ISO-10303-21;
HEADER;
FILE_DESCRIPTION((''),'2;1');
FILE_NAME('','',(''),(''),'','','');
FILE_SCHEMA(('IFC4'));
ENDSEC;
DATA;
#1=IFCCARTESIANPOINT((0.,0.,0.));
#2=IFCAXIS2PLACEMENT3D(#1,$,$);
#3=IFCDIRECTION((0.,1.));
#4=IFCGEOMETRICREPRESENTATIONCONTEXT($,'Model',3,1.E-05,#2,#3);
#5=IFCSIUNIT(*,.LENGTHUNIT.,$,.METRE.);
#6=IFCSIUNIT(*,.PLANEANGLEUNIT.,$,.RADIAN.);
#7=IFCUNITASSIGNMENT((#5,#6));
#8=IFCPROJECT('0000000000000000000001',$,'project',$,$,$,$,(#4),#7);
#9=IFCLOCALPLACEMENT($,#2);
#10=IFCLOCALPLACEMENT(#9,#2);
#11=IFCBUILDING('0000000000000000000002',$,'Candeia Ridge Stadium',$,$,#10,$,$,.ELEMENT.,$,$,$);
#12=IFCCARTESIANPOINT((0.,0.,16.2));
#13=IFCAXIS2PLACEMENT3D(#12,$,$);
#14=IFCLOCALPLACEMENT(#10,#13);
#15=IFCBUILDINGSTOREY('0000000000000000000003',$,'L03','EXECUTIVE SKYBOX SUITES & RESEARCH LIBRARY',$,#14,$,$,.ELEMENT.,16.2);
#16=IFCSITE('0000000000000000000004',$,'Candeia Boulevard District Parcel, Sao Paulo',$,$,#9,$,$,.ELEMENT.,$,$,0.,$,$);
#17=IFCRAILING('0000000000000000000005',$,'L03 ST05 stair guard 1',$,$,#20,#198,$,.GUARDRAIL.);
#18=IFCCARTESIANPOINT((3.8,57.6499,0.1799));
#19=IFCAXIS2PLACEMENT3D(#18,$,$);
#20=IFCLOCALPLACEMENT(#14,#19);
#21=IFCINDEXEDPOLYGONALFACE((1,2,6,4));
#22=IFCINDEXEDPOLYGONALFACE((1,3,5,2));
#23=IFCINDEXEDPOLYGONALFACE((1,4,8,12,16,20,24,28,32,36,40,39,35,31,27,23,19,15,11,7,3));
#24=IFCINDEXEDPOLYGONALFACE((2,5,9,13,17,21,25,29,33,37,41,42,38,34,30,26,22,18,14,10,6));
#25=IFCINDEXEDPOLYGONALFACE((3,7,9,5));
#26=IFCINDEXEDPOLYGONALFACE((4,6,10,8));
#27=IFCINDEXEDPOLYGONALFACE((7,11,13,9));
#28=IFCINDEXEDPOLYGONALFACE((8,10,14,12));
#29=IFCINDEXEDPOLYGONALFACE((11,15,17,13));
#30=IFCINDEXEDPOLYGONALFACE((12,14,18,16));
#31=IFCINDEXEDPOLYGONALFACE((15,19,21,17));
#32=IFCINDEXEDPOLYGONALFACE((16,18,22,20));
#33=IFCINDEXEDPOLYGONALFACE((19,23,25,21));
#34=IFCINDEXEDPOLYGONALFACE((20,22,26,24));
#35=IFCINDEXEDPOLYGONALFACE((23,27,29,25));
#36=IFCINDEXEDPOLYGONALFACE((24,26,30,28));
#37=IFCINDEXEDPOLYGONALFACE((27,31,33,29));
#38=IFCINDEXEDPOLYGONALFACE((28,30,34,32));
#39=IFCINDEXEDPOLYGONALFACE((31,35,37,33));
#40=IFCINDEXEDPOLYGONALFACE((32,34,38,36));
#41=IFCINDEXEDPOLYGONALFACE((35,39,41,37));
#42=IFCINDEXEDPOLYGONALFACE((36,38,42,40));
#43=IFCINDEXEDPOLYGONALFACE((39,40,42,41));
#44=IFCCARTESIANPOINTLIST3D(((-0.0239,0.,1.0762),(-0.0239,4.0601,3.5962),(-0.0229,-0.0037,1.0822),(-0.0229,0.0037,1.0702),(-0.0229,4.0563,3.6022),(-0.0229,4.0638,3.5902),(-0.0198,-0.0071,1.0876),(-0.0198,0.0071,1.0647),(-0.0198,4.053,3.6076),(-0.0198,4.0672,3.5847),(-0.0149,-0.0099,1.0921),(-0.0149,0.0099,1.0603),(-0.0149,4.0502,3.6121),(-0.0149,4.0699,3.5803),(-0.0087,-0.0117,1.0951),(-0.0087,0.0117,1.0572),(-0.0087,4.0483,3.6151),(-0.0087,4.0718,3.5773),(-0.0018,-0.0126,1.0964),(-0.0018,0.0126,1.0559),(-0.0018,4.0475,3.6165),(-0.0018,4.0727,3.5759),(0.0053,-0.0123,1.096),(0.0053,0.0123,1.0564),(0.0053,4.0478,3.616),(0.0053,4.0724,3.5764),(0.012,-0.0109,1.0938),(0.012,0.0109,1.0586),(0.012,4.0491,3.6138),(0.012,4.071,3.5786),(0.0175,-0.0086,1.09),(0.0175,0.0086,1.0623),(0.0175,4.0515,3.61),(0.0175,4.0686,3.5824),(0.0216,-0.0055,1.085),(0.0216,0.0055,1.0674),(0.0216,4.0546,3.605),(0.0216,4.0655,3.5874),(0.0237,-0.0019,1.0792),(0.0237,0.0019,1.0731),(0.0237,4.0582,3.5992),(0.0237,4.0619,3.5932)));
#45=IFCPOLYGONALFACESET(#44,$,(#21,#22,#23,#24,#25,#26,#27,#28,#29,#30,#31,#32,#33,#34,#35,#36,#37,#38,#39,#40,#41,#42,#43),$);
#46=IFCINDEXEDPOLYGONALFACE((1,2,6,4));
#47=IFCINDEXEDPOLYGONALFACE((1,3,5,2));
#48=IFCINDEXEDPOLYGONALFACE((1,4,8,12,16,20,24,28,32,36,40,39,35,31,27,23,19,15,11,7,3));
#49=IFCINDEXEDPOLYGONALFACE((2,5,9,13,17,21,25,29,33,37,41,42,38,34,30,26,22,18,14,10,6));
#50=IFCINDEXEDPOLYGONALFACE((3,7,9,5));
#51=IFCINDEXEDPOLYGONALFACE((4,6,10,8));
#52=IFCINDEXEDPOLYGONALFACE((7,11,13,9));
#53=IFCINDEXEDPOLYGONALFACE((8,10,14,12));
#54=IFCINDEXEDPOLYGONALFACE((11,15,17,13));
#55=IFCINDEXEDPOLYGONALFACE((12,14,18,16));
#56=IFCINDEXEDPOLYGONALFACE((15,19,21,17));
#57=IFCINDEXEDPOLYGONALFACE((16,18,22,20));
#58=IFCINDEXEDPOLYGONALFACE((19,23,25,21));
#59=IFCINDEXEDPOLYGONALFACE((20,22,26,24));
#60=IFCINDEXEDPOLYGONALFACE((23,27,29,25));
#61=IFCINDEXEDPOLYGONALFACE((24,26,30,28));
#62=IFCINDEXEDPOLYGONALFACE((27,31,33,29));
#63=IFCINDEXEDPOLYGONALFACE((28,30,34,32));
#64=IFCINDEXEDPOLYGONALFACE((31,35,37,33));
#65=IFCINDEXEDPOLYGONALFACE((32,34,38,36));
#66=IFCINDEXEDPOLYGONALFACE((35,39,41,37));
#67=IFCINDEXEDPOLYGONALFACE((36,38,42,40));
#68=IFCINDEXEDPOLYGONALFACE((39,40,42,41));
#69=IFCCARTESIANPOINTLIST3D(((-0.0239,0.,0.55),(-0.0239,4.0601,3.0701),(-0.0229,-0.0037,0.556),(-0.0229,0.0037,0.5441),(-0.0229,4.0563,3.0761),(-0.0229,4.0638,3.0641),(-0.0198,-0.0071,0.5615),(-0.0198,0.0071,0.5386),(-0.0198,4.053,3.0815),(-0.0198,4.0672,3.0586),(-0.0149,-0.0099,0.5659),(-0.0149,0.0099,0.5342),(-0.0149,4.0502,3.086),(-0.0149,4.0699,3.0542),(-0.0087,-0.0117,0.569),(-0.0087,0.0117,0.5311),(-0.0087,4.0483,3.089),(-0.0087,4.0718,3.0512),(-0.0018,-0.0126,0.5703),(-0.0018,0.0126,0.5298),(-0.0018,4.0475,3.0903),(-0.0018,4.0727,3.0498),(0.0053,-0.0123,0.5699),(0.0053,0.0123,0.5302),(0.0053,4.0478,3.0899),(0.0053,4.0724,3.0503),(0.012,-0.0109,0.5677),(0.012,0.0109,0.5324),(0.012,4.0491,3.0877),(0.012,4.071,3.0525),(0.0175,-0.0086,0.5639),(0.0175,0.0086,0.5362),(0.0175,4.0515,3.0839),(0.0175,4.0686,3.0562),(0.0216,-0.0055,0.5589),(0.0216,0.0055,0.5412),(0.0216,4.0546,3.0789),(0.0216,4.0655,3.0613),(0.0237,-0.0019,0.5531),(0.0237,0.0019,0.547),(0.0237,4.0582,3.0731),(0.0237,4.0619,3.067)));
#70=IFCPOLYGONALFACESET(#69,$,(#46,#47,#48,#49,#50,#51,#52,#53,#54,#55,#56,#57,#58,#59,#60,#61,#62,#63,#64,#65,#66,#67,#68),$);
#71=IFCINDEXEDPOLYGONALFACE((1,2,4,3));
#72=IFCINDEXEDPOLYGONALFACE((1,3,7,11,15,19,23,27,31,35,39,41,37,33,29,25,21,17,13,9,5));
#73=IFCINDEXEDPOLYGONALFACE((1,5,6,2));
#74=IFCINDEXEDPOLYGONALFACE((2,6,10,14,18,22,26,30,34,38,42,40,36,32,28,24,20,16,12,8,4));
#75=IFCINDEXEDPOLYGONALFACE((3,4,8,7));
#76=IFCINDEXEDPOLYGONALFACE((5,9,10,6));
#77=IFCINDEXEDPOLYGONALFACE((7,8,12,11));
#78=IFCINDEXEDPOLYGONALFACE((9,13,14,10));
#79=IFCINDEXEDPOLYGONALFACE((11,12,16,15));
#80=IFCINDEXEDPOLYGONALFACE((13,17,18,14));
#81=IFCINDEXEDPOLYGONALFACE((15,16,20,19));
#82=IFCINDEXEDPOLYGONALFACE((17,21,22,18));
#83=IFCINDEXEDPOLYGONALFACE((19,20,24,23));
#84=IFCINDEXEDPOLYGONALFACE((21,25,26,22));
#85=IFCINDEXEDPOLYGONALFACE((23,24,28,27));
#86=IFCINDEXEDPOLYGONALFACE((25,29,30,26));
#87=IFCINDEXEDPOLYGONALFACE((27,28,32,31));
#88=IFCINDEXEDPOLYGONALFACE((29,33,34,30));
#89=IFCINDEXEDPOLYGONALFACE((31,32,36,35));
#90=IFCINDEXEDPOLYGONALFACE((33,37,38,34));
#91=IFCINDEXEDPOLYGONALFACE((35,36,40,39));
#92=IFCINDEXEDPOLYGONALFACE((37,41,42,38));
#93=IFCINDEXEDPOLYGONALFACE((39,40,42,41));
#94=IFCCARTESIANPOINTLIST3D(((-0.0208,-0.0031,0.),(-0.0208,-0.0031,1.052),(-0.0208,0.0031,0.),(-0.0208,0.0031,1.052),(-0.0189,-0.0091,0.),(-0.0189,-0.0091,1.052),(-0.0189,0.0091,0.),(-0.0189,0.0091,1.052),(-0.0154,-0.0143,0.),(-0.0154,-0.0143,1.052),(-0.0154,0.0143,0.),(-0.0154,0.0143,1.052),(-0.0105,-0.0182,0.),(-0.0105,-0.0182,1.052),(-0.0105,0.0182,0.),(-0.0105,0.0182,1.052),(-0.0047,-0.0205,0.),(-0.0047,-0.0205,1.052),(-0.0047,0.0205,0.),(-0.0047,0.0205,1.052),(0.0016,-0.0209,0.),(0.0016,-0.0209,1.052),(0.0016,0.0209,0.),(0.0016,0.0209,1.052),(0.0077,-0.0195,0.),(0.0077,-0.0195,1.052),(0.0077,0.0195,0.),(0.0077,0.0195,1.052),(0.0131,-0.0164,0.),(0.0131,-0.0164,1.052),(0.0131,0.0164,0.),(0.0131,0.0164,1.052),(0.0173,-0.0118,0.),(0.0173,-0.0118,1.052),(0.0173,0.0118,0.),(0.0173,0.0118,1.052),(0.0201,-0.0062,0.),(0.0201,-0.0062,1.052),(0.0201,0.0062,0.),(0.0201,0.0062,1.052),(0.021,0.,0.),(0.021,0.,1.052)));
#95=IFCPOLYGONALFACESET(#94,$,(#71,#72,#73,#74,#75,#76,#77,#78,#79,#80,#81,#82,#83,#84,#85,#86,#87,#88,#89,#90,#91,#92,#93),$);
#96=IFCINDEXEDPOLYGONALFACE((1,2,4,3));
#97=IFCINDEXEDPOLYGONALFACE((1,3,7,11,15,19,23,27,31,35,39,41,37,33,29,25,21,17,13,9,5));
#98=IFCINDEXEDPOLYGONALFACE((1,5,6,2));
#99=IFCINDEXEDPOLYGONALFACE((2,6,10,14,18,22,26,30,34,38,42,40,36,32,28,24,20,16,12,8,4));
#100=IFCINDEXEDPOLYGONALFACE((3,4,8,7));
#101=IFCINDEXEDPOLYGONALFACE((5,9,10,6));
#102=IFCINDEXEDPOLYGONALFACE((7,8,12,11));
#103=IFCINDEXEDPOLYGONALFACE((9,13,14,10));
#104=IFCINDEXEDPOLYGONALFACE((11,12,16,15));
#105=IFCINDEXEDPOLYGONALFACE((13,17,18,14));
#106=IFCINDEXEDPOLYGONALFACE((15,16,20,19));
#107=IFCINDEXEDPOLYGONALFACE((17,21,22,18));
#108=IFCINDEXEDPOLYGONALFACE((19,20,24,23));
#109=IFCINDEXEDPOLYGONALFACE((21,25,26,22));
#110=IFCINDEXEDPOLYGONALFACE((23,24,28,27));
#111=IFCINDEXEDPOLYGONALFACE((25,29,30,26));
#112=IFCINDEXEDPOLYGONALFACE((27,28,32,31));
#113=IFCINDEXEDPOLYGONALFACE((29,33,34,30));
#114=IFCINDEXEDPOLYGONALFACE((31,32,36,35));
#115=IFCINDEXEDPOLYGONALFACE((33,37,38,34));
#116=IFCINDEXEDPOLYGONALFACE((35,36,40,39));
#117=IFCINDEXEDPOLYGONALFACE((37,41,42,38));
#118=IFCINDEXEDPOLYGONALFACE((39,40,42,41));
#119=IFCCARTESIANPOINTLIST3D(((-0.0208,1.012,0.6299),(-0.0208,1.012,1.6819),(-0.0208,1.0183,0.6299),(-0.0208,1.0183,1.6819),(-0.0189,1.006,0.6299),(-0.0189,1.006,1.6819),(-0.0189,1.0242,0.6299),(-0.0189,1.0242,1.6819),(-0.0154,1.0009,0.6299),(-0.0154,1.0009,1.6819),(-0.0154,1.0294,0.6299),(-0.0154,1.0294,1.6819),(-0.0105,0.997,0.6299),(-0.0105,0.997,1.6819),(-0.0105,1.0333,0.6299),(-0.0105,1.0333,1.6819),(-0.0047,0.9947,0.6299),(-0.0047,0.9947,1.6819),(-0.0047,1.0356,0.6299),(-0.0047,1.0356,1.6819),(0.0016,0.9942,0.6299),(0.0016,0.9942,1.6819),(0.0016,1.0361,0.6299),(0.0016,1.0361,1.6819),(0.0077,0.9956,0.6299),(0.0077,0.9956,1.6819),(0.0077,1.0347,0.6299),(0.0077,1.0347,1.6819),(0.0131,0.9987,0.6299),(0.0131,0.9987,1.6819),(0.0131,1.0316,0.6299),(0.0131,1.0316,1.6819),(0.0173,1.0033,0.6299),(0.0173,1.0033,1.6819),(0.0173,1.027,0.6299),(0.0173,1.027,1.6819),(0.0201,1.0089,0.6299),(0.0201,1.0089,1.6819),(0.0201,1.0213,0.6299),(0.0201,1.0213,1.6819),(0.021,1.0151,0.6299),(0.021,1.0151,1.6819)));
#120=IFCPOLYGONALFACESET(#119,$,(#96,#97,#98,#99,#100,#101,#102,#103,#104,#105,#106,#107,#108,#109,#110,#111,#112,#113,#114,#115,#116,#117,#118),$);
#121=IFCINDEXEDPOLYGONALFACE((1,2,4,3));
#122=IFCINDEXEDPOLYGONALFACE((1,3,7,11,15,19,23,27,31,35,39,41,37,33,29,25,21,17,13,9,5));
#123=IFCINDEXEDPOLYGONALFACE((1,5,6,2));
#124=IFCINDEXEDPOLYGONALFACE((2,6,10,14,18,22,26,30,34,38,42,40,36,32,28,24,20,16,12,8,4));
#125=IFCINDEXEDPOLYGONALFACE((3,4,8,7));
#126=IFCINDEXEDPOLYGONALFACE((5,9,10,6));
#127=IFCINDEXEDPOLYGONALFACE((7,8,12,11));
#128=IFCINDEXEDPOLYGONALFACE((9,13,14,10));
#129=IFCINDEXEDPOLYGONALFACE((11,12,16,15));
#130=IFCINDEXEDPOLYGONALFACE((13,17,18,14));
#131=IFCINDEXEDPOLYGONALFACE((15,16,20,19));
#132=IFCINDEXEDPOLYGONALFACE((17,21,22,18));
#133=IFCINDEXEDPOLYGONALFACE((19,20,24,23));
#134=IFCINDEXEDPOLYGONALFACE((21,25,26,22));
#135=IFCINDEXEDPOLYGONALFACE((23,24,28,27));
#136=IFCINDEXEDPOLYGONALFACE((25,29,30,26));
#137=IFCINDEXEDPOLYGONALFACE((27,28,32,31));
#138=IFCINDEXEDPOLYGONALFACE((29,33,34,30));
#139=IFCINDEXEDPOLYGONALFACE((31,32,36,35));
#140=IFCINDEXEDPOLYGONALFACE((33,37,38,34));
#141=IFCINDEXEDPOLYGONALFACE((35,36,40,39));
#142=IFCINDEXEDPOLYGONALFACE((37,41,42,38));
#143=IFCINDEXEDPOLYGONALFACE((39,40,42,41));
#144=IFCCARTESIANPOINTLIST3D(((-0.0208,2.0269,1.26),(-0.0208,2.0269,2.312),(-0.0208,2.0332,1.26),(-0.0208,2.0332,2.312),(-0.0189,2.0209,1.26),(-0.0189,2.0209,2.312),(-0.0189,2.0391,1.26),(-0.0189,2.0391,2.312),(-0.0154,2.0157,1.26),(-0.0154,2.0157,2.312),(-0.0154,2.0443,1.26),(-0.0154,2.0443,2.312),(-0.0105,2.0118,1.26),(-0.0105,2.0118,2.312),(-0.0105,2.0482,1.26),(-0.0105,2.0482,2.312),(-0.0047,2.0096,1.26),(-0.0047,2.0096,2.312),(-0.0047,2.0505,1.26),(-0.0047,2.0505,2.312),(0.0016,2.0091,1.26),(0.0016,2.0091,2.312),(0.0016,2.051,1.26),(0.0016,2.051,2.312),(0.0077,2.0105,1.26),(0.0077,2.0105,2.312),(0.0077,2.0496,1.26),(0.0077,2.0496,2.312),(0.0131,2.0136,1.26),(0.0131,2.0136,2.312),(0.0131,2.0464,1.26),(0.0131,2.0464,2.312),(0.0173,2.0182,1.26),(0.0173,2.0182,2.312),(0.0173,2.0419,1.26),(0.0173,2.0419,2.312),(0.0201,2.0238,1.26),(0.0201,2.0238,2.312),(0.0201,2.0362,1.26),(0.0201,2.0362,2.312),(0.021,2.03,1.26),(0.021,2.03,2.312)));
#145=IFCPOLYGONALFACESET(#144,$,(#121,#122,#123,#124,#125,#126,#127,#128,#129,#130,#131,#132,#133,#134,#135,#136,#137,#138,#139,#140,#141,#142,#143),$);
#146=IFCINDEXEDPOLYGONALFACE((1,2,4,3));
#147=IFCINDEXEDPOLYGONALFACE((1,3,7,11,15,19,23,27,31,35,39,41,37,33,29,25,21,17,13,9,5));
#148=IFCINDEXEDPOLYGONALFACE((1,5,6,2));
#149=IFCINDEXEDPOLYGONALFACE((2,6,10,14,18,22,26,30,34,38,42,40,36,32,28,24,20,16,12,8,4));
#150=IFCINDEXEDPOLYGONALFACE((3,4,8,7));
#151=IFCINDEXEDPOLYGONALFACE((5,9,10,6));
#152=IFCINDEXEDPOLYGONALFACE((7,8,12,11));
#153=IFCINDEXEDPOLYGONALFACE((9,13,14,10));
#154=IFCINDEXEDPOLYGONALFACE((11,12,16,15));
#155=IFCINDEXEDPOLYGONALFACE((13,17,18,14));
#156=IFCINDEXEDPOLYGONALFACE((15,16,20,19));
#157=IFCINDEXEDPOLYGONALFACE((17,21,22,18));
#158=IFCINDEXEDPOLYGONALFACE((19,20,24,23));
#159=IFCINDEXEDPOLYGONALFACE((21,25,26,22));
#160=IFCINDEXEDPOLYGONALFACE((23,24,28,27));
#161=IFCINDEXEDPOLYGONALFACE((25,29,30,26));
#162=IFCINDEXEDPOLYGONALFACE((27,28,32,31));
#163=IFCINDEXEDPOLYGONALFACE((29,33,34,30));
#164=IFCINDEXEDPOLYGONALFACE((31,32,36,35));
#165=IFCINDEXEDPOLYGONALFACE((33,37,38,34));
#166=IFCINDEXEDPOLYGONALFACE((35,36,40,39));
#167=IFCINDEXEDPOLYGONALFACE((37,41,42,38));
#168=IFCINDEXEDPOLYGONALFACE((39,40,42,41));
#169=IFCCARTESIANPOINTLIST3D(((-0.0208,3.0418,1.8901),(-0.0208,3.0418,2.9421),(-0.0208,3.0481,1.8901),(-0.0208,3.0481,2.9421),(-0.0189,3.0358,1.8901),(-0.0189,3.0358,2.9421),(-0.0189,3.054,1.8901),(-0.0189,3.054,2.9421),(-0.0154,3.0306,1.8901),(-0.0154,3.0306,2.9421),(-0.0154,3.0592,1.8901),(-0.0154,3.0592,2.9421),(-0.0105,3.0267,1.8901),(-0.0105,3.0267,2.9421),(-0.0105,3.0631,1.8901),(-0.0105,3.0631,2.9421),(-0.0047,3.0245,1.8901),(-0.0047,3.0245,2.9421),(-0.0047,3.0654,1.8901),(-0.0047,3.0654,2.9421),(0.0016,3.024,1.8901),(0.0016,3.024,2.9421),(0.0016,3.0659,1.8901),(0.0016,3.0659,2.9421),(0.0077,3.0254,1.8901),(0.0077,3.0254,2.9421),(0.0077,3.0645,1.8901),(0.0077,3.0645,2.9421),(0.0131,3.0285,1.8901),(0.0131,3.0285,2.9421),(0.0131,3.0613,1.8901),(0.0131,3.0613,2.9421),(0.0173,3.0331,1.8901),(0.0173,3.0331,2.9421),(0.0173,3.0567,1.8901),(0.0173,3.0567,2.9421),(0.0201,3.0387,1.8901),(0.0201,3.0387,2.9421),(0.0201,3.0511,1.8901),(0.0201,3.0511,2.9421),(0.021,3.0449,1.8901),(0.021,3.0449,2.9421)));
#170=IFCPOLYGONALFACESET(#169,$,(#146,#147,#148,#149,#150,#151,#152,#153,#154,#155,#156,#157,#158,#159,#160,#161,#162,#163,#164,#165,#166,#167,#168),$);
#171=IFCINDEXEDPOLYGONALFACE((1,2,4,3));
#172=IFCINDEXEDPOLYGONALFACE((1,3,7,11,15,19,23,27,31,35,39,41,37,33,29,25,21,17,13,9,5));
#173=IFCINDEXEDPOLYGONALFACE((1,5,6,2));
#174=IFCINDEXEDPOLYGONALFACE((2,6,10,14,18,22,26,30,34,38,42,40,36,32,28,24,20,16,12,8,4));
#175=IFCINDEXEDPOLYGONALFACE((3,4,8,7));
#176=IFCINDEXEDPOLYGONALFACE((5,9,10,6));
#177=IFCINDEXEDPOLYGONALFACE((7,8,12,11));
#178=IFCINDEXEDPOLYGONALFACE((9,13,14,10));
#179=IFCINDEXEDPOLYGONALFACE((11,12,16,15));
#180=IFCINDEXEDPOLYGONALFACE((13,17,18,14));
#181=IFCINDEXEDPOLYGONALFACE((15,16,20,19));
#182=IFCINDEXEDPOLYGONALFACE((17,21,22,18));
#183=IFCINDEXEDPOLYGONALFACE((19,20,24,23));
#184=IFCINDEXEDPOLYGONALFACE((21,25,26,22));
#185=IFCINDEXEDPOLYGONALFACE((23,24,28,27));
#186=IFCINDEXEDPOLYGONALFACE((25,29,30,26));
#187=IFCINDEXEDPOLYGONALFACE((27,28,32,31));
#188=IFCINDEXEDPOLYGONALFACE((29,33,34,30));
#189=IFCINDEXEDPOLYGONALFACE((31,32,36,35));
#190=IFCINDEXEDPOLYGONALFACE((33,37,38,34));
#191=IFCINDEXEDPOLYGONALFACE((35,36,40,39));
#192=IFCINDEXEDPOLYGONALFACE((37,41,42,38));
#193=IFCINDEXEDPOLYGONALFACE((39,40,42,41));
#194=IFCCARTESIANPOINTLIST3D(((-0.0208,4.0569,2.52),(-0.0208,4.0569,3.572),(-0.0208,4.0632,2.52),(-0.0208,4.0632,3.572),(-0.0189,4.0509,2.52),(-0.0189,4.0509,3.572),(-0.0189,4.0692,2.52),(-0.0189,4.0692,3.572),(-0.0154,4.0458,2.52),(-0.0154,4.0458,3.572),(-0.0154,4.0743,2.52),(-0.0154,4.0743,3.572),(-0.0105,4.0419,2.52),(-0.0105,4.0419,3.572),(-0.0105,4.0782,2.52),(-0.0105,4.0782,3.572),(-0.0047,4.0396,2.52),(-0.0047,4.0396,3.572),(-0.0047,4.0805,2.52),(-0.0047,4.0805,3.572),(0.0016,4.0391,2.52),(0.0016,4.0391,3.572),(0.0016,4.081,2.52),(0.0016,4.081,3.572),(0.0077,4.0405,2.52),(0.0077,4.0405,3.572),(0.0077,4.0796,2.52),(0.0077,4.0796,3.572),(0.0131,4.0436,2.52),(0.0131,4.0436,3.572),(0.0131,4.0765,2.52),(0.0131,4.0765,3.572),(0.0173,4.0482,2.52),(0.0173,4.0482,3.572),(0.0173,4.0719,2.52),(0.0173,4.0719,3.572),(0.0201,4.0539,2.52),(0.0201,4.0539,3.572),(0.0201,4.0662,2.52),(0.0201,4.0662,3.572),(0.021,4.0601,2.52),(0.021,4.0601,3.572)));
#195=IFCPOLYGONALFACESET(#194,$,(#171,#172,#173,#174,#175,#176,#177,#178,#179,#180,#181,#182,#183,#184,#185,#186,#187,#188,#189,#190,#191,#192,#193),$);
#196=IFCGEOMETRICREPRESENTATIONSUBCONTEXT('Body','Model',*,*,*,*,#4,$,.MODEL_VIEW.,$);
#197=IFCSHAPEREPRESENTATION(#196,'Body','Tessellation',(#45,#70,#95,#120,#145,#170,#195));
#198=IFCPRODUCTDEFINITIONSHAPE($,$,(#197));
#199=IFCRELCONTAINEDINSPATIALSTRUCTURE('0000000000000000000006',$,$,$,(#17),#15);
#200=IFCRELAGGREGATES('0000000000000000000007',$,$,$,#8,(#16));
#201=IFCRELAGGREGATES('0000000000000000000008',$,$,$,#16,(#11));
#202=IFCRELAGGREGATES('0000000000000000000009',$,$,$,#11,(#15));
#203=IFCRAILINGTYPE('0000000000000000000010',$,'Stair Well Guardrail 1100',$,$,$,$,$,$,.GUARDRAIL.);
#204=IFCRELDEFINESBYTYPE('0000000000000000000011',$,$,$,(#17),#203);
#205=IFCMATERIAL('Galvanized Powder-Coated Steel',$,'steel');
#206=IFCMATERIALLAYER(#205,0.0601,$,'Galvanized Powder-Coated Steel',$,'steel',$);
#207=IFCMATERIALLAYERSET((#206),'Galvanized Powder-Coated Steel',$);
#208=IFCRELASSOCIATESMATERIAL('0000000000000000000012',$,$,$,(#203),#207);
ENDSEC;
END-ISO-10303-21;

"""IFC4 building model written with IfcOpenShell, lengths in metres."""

from ifc_helpers import new_model, si_unit, direction, frame, origin, origin_2d, place, context, subcontext, project, spatial, circle, extrude, material, layer, layer_set, type_object, element, save


model = new_model("IFC4")

# Units and contexts
model_context = context("Model", 3, precision=1e-05, world=origin(), true_north=direction((0.0, 1.0)))
body_context = subcontext(model_context, "Body", "Model", "MODEL_VIEW")
ifc_project = project(units=[si_unit("LENGTHUNIT", "METRE"), si_unit("PLANEANGLEUNIT", "RADIAN")], contexts=[model_context])

# Site, building, storey
site_placement = place(None, origin())
site = spatial("IfcSite", under=ifc_project, at=site_placement, Name="Candeia Boulevard District Parcel, Sao Paulo", CompositionType="ELEMENT", RefElevation=0.0)
building_placement = place(site_placement, origin())
building = spatial("IfcBuilding", under=site, at=building_placement, Name="Candeia Ridge Stadium", CompositionType="ELEMENT")
storey_placement = place(building_placement, frame((0.0, 0.0, 16.2)))
storey = spatial("IfcBuildingStorey", under=building, at=storey_placement, Name="L03", Description="EXECUTIVE SKYBOX SUITES & RESEARCH LIBRARY", CompositionType="ELEMENT", Elevation=16.2)

# Railing
ifc_material_1 = material(Name="Galvanized Powder-Coated Steel", Category="steel")
ifc_layer_1 = layer(ifc_material_1, 0.0601, Name="Galvanized Powder-Coated Steel", Category="steel")
ifc_layer_set_1 = layer_set([ifc_layer_1], Name="Galvanized Powder-Coated Steel")
railing_type_1 = type_object("IfcRailingType", Name="Stair Well Guardrail 1100", PredefinedType="GUARDRAIL", material=ifc_layer_set_1)
railing_1_placement = place(storey_placement, frame((3.8, 57.6499, 0.1799)))
element("IfcRailing", 1, at=railing_1_placement, inside=storey, type_object=railing_type_1, Name="L03 ST05 stair guard 1", PredefinedType="GUARDRAIL", context=body_context, shape_type="SweptSolid", body=[
    extrude(circle(Radius=0.0239, at=origin_2d()), frame((0.0, 0.0, 1.0762), z_axis=(0.0, 0.849642, 0.52736), x_axis=(-1.0, 0.0, 0.0)), (0.0, 0.0, 1.0), 4.7786),
    extrude(circle(Radius=0.0239, at=origin_2d()), frame((0.0, 0.0, 0.55), z_axis=(0.0, 0.849642, 0.52736), x_axis=(-1.0, 0.0, 0.0)), (0.0, 0.0, 1.0), 4.7786),
    extrude(circle(Radius=0.021, at=origin_2d()), origin(), (0.0, 0.0, 1.0), 1.052),
    extrude(circle(Radius=0.021, at=origin_2d()), frame((0.0, 1.0151, 0.6299)), (0.0, 0.0, 1.0), 1.052),
    extrude(circle(Radius=0.021, at=origin_2d()), frame((0.0, 2.03, 1.26)), (0.0, 0.0, 1.0), 1.052),
    extrude(circle(Radius=0.021, at=origin_2d()), frame((0.0, 3.0449, 1.8901)), (0.0, 0.0, 1.0), 1.052),
    extrude(circle(Radius=0.021, at=origin_2d()), frame((0.0, 4.0601, 2.52)), (0.0, 0.0, 1.0), 1.052),
])

save(model, "model.ifc")
